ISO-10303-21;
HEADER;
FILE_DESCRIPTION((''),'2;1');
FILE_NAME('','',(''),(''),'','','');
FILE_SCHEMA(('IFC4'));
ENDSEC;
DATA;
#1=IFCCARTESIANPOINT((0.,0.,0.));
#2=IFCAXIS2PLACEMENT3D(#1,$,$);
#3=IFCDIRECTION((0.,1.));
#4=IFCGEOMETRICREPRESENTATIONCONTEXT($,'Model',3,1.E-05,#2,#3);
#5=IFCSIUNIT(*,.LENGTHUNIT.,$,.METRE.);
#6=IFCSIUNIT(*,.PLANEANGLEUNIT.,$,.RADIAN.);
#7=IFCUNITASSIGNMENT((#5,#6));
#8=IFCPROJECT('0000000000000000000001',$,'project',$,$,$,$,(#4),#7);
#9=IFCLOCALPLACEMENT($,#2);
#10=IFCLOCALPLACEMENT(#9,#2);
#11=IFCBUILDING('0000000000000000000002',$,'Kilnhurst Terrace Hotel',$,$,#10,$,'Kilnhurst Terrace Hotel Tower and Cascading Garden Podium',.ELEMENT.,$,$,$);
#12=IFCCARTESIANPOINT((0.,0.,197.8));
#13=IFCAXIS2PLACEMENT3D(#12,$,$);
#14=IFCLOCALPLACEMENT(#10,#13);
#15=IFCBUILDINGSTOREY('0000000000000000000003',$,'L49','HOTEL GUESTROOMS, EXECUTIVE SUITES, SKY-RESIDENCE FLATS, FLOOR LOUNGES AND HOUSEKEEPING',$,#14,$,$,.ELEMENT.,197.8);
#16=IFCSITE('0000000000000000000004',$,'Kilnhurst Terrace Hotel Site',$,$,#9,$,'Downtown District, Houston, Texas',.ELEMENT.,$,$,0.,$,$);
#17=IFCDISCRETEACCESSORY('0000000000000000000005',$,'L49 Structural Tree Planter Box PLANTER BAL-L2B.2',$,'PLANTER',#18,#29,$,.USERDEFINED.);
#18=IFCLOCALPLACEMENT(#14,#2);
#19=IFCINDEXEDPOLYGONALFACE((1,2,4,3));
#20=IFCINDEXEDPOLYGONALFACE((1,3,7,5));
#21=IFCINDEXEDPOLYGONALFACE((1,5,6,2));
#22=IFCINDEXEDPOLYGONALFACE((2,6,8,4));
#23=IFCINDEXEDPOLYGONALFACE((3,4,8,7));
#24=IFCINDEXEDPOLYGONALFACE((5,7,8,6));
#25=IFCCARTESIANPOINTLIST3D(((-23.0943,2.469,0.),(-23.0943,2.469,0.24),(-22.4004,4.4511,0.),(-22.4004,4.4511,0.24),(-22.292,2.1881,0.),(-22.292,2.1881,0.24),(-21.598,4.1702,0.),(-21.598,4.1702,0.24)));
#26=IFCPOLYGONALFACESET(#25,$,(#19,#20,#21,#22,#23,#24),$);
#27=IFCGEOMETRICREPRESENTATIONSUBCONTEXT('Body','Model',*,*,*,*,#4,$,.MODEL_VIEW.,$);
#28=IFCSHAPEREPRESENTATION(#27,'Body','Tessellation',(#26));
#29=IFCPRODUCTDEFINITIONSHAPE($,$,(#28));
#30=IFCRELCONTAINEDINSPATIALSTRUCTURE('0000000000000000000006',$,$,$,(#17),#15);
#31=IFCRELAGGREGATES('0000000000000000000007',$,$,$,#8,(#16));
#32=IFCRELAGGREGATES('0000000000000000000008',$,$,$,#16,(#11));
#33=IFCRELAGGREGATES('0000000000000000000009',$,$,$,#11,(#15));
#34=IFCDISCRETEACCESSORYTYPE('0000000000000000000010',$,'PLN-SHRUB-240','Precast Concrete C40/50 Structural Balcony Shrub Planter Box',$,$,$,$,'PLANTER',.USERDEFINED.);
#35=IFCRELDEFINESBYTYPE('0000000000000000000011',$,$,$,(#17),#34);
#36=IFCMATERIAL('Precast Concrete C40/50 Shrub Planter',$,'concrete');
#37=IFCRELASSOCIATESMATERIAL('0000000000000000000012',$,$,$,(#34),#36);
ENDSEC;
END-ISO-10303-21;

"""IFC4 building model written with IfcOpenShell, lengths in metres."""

from ifc_helpers import new_model, si_unit, direction, frame, origin, origin_2d, place, context, subcontext, project, spatial, rectangle, extrude, material, type_object, element, save


model = new_model("IFC4")

# Units and contexts
model_context = context("Model", 3, precision=1e-05, world=origin(), true_north=direction((0.0, 1.0)))
body_context = subcontext(model_context, "Body", "Model", "MODEL_VIEW")
ifc_project = project(units=[si_unit("LENGTHUNIT", "METRE"), si_unit("PLANEANGLEUNIT", "RADIAN")], contexts=[model_context])

# Site, building, storey
site_placement = place(None, origin())
site = spatial("IfcSite", under=ifc_project, at=site_placement, Name="Kilnhurst Terrace Hotel Site", LongName="Downtown District, Houston, Texas", CompositionType="ELEMENT", RefElevation=0.0)
building_placement = place(site_placement, origin())
building = spatial("IfcBuilding", under=site, at=building_placement, Name="Kilnhurst Terrace Hotel", LongName="Kilnhurst Terrace Hotel Tower and Cascading Garden Podium", CompositionType="ELEMENT")
storey_placement = place(building_placement, frame((0.0, 0.0, 197.8)))
storey = spatial("IfcBuildingStorey", under=building, at=storey_placement, Name="L49", Description="HOTEL GUESTROOMS, EXECUTIVE SUITES, SKY-RESIDENCE FLATS, FLOOR LOUNGES AND HOUSEKEEPING", CompositionType="ELEMENT", Elevation=197.8)

# Discrete accessory
ifc_material_1 = material(Name="Precast Concrete C40/50 Shrub Planter", Category="concrete")
discrete_accessory_type = type_object("IfcDiscreteAccessoryType", Name="PLN-SHRUB-240", Description="Precast Concrete C40/50 Structural Balcony Shrub Planter Box", ElementType="PLANTER", PredefinedType="USERDEFINED", material=ifc_material_1)
discrete_accessory_placement = place(storey_placement, frame((-22.3462, 3.3196, 0.0), z_axis=(0.0, 0.0, 1.0), x_axis=(-0.330432, -0.94383, 0.0)))
element("IfcDiscreteAccessory", 1, at=discrete_accessory_placement, inside=storey, type_object=discrete_accessory_type, Name="L49 Structural Tree Planter Box PLANTER BAL-L2B.2", ObjectType="PLANTER", PredefinedType="USERDEFINED", context=body_context, shape_type="SweptSolid", body=[
    extrude(rectangle(XDim=2.1001, YDim=0.8501, at=origin_2d()), origin(), (0.0, 0.0, 1.0), 0.24),
])

save(model, "model.ifc")
